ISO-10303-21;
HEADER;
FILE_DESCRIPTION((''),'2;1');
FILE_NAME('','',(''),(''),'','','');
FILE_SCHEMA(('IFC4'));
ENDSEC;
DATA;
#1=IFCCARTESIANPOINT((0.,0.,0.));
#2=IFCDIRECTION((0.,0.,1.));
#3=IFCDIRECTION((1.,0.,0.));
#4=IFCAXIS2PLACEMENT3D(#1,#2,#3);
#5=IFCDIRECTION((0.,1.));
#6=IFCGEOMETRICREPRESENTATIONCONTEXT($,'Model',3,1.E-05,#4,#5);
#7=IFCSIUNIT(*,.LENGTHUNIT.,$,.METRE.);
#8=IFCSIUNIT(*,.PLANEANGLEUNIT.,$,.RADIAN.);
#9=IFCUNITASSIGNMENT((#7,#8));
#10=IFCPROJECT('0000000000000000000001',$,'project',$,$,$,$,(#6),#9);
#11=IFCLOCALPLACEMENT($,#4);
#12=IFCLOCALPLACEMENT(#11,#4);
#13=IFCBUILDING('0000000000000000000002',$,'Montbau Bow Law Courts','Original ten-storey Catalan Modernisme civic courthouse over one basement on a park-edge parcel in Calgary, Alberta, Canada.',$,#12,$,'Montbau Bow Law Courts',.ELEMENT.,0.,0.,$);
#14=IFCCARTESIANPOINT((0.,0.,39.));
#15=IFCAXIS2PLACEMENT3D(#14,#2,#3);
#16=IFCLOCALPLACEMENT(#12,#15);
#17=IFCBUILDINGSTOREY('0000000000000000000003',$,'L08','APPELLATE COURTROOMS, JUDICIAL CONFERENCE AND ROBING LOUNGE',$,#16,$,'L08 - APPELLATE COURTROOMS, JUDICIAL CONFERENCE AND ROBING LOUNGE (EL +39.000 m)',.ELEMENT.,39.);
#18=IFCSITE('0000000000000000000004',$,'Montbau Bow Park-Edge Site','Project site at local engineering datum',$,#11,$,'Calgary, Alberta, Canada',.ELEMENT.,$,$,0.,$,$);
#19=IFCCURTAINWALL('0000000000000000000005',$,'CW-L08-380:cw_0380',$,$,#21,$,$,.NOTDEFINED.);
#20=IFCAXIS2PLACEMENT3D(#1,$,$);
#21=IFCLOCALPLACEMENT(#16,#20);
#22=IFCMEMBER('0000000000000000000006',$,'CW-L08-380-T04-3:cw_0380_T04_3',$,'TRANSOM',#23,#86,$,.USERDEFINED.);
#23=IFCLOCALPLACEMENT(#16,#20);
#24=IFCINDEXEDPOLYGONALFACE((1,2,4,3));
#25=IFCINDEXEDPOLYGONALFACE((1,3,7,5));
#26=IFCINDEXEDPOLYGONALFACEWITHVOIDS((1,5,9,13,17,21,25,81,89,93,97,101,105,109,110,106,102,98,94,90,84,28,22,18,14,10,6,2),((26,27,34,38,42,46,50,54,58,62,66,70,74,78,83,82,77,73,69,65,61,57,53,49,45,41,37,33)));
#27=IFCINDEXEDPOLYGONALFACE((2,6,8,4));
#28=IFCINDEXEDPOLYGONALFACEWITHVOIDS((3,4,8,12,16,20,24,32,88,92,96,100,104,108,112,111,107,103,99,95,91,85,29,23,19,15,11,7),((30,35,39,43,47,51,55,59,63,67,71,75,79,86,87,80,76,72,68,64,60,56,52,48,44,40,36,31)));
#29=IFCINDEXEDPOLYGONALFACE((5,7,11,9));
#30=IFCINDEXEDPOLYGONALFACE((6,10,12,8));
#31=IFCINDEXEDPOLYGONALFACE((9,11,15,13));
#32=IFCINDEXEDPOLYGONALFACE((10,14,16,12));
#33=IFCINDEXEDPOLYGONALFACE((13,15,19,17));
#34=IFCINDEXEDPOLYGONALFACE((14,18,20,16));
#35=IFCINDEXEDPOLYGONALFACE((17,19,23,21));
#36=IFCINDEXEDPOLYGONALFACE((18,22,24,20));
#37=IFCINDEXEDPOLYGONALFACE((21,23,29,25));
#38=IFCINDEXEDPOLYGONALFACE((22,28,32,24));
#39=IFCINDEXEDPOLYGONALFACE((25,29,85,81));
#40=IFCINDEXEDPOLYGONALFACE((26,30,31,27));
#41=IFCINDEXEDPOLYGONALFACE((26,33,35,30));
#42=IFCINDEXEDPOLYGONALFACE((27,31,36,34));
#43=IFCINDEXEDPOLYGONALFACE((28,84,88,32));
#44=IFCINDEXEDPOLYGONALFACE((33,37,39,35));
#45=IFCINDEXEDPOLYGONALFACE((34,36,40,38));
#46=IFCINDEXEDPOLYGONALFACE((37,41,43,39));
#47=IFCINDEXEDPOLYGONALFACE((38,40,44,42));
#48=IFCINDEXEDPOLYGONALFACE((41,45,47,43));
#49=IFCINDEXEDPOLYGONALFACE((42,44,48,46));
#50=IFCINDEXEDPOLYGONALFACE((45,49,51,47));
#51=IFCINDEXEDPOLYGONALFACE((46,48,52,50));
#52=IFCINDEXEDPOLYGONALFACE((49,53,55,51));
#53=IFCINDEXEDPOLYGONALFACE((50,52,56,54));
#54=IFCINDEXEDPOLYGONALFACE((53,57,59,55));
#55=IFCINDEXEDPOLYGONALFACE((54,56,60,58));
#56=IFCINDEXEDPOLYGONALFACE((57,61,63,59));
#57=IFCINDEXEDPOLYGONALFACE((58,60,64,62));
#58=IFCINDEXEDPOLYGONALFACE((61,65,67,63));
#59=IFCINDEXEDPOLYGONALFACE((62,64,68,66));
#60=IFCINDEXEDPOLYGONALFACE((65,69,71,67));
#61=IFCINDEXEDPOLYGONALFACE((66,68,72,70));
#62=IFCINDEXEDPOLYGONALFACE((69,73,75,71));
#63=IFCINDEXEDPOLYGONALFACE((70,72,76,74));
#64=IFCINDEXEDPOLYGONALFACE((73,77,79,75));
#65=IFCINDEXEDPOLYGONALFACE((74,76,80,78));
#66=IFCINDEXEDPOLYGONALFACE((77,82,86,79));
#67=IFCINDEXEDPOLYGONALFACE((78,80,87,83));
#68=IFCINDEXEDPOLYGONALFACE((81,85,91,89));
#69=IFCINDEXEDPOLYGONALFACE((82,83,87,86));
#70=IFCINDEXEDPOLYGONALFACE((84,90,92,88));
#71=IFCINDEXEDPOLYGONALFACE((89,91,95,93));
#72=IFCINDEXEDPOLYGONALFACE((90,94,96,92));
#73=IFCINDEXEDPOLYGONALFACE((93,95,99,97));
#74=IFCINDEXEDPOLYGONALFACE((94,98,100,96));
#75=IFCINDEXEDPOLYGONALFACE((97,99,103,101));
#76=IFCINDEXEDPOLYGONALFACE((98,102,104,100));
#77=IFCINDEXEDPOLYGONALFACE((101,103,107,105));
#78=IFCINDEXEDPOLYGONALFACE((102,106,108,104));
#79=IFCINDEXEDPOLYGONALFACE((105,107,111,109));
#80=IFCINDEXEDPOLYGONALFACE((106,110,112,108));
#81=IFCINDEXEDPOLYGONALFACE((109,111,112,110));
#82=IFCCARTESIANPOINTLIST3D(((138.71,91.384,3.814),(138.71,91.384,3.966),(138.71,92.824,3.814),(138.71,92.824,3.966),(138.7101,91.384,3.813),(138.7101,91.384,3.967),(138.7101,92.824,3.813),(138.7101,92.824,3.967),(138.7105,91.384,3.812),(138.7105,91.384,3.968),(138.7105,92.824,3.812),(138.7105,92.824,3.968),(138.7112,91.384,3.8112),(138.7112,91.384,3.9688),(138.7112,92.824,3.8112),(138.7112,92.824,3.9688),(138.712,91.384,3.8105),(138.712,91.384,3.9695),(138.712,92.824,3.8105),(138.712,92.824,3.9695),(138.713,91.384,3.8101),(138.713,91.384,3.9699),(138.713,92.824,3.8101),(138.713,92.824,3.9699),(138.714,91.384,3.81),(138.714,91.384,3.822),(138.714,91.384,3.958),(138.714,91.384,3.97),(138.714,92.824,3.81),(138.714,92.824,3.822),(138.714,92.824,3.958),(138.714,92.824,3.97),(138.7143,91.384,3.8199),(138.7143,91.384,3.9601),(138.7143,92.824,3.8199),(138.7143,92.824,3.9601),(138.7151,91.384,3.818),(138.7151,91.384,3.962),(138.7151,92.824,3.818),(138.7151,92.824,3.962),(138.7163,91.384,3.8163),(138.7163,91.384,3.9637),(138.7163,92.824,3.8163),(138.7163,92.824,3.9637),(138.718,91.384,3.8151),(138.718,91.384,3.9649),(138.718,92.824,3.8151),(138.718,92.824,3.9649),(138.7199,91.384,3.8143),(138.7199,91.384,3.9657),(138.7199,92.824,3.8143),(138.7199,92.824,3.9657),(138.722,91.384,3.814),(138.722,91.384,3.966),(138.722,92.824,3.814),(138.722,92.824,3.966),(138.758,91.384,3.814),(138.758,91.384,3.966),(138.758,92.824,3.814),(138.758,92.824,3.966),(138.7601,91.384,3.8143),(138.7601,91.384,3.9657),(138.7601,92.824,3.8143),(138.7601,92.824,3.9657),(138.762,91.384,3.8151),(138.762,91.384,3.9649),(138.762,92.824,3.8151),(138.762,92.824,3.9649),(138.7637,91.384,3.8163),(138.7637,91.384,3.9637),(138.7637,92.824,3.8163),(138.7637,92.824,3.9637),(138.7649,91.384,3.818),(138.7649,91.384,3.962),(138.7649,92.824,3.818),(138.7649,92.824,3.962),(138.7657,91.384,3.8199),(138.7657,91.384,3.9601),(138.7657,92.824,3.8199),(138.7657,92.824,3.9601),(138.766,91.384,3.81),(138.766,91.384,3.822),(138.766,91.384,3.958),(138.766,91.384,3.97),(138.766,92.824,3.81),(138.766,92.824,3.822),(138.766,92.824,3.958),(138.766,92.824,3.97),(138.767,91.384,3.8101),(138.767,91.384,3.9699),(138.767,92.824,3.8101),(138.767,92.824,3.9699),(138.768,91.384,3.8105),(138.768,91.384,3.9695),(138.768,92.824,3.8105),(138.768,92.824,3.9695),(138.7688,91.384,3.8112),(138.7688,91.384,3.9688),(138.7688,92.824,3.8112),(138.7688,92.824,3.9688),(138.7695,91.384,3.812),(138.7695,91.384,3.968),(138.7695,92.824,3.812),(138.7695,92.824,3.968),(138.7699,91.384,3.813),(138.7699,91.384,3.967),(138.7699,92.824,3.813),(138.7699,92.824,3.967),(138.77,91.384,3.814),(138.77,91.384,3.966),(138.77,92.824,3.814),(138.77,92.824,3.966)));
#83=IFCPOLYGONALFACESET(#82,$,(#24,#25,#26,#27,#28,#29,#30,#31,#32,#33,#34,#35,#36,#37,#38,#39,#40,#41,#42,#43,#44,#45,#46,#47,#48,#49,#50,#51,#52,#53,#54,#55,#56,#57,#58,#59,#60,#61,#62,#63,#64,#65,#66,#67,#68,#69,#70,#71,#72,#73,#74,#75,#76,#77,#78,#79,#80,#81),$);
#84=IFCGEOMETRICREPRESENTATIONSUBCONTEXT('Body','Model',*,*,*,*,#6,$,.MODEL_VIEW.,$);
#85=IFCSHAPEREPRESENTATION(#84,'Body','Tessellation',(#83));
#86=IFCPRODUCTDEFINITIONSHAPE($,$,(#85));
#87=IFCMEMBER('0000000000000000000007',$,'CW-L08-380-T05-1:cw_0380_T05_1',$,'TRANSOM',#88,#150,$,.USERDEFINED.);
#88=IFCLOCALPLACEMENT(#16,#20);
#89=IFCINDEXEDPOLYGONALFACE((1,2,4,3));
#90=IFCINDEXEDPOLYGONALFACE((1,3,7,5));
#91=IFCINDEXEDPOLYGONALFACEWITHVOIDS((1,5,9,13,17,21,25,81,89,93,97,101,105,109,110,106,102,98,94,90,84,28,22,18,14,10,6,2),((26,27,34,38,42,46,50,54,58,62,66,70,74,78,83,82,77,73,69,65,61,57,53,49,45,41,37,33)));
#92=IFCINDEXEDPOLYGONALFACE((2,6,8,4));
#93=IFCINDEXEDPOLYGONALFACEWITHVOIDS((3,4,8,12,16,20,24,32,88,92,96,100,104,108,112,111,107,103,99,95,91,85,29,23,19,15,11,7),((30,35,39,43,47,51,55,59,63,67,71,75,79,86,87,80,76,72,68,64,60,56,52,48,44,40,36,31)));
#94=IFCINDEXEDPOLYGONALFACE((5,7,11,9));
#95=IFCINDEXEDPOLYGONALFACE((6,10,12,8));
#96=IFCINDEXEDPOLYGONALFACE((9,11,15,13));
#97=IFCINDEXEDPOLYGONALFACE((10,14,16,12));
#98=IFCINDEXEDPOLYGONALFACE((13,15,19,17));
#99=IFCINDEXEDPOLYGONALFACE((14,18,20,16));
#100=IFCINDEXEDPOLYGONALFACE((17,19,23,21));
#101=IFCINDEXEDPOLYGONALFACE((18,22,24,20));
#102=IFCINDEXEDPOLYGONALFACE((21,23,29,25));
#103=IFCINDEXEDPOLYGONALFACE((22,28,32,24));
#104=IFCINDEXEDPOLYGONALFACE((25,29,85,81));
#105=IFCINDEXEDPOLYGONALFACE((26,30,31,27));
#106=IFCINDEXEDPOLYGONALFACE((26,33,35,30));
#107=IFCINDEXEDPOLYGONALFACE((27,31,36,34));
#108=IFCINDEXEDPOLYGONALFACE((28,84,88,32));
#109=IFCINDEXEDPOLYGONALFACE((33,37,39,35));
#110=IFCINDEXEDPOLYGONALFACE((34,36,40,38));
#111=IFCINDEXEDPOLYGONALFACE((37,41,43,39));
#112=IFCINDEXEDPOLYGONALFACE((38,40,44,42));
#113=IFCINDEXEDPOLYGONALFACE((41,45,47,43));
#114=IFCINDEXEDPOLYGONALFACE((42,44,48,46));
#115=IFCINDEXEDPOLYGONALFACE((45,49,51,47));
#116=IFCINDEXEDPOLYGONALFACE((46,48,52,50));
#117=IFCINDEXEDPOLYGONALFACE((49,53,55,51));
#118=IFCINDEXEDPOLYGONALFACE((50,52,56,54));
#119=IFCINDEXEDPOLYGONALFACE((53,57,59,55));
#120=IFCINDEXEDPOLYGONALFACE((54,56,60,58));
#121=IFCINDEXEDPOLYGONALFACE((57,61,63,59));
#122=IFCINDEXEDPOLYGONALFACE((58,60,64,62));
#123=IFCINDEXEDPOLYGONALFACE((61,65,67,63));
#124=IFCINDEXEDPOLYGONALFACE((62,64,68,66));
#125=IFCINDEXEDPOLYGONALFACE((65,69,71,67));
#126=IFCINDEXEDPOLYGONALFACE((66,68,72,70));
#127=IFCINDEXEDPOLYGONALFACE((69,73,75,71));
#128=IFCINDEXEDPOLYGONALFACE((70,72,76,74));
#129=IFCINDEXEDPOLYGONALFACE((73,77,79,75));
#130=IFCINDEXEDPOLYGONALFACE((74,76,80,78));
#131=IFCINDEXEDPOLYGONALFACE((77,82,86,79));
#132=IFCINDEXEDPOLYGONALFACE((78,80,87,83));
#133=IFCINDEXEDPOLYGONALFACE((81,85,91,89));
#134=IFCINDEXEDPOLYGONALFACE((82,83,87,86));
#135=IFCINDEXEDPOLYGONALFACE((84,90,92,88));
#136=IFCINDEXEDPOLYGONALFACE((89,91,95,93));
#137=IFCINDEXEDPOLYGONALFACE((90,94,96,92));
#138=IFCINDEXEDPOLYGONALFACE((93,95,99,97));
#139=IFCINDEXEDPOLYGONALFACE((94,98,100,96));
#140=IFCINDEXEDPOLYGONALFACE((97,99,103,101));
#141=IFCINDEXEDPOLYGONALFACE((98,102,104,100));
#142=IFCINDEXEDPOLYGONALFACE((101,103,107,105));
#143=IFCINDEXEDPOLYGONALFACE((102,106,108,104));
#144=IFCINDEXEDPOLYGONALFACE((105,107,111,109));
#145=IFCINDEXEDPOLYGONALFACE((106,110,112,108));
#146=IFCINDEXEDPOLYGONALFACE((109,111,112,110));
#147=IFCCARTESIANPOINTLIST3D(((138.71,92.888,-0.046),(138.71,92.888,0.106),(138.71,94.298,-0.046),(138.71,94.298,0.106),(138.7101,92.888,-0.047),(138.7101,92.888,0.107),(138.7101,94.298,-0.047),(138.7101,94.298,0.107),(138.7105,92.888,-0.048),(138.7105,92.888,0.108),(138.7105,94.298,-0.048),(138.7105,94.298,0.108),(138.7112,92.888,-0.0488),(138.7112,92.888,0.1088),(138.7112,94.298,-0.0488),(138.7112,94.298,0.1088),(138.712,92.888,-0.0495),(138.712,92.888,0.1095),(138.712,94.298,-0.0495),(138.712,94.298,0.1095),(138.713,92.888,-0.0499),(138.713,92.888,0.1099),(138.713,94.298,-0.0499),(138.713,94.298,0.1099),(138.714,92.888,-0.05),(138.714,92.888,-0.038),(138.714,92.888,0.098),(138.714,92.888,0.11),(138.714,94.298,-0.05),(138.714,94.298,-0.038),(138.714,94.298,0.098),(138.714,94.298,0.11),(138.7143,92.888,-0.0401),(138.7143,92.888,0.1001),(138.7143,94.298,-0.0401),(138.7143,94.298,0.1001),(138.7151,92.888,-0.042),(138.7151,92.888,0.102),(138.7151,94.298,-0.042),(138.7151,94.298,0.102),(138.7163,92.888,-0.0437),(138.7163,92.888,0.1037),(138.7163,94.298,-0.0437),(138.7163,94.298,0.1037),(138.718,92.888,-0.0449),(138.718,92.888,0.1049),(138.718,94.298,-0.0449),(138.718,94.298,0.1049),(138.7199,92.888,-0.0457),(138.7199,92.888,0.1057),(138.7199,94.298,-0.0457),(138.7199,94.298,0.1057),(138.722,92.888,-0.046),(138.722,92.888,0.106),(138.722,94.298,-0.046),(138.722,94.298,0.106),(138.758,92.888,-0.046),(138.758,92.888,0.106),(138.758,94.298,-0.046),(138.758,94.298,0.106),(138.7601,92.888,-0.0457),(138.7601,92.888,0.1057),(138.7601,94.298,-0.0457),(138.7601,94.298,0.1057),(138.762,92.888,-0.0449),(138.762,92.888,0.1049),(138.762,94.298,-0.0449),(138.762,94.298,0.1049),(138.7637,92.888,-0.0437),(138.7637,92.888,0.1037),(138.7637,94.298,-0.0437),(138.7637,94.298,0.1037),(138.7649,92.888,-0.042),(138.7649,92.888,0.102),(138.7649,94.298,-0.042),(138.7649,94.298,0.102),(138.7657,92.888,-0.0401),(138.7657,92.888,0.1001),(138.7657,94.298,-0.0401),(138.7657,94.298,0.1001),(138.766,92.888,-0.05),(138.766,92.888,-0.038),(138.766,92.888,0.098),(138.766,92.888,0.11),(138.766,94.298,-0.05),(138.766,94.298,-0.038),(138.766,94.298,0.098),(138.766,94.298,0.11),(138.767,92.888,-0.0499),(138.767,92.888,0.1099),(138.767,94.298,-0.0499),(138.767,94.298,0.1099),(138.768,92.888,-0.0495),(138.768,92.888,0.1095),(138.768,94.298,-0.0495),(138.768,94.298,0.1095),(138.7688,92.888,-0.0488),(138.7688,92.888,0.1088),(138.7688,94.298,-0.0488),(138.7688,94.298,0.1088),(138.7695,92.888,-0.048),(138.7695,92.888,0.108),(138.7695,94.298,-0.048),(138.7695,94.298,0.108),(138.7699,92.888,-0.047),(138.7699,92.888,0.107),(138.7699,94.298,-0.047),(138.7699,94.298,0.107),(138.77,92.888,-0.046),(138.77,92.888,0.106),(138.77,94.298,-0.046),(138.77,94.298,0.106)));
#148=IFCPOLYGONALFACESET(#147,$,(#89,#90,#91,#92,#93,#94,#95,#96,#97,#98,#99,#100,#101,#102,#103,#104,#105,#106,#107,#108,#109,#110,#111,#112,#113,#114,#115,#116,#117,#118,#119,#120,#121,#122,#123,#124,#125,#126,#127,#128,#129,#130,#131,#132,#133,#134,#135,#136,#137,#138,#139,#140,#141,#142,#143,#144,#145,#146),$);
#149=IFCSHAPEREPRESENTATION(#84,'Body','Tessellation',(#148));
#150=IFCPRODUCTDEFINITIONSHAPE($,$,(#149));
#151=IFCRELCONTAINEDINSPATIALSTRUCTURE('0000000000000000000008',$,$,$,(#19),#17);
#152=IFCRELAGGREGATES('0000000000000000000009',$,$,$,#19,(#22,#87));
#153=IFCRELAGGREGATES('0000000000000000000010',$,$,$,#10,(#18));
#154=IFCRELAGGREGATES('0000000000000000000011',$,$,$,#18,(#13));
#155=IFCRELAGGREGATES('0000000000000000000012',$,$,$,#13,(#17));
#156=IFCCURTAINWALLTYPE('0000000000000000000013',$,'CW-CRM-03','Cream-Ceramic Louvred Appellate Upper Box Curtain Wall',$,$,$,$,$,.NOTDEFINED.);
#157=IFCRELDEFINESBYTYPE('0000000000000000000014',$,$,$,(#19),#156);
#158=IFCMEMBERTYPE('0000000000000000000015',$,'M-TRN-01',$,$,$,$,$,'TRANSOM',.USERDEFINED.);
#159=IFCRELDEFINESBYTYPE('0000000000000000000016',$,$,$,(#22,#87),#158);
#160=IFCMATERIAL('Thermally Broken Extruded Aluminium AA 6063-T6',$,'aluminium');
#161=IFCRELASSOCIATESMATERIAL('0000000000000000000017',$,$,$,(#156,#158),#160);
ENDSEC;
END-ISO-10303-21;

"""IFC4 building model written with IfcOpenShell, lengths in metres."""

from ifc_helpers import new_model, si_unit, direction, frame, origin_with_axes, origin_2d_with_axis, place, context, subcontext, project, spatial, hollow_rectangle, extrude, material, material_profile, profile_set, type_object, element, aggregate, save


model = new_model("IFC4")

# Units and contexts
model_context = context("Model", 3, precision=1e-05, world=origin_with_axes(), true_north=direction((0.0, 1.0)))
body_context = subcontext(model_context, "Body", "Model", "MODEL_VIEW")
ifc_project = project(units=[si_unit("LENGTHUNIT", "METRE"), si_unit("PLANEANGLEUNIT", "RADIAN")], contexts=[model_context])

# Site, building, storey
site_placement = place(None, origin_with_axes())
site = spatial("IfcSite", under=ifc_project, at=site_placement, Name="Montbau Bow Park-Edge Site", Description="Project site at local engineering datum", LongName="Calgary, Alberta, Canada", CompositionType="ELEMENT", RefElevation=0.0)
building_placement = place(site_placement, origin_with_axes())
building = spatial("IfcBuilding", under=site, at=building_placement, Name="Montbau Bow Law Courts", Description="Original ten-storey Catalan Modernisme civic courthouse over one basement on a park-edge parcel in Calgary, Alberta, Canada.", LongName="Montbau Bow Law Courts", CompositionType="ELEMENT", ElevationOfRefHeight=0.0, ElevationOfTerrain=0.0)
storey_placement = place(building_placement, frame((0.0, 0.0, 39.0), z_axis=(0.0, 0.0, 1.0), x_axis=(1.0, 0.0, 0.0)))
storey = spatial("IfcBuildingStorey", under=building, at=storey_placement, Name="L08", Description="APPELLATE COURTROOMS, JUDICIAL CONFERENCE AND ROBING LOUNGE", LongName="L08 - APPELLATE COURTROOMS, JUDICIAL CONFERENCE AND ROBING LOUNGE (EL +39.000 m)", CompositionType="ELEMENT", Elevation=39.0)

# Curtain wall, members
ifc_material_1 = material(Name="Thermally Broken Extruded Aluminium AA 6063-T6", Category="aluminium")
curtain_wall_type = type_object("IfcCurtainWallType", Name="CW-CRM-03", Description="Cream-Ceramic Louvred Appellate Upper Box Curtain Wall", PredefinedType="NOTDEFINED", material=ifc_material_1)
curtain_wall_1_placement = place(None, frame((138.74, 86.84, 39.0), z_axis=(0.0, 0.0, 1.0), x_axis=(1.0, 0.0, 0.0)))
curtain_wall_1 = element("IfcCurtainWall", 1, at=curtain_wall_1_placement, inside=storey, type_object=curtain_wall_type, Name="CW-L08-380:cw_0380", PredefinedType="NOTDEFINED")
ifc_material_profile_1 = material_profile(ifc_material_1, hollow_rectangle(XDim=0.06, YDim=0.16, WallThickness=0.004, InnerFilletRadius=0.008, OuterFilletRadius=0.004, at=origin_2d_with_axis()), Name="CWT-160X60", Category="Main", Priority=0)
ifc_profile_set_1 = profile_set([ifc_material_profile_1], Name="Thermally Broken Extruded Aluminium AA 6063-T6")
member_type_1 = type_object("IfcMemberType", Name="M-TRN-01", ElementType="TRANSOM", PredefinedType="USERDEFINED", material=ifc_profile_set_1)
member_1_placement = place(None, frame((138.74, 91.384, 42.89), z_axis=(0.0, 1.0, 0.0), x_axis=(-1.0, 0.0, 0.0)))
member_1 = element("IfcMember", 2, at=member_1_placement, type_object=member_type_1, Name="CW-L08-380-T04-3:cw_0380_T04_3", ObjectType="TRANSOM", PredefinedType="USERDEFINED", context=body_context, shape_type="SweptSolid", body=[
    extrude(hollow_rectangle(XDim=0.06, YDim=0.16, WallThickness=0.004, InnerFilletRadius=0.008, OuterFilletRadius=0.004, at=origin_2d_with_axis()), origin_with_axes(), (0.0, 0.0, 1.0), 1.44),
])
member_2_placement = place(None, frame((138.74, 92.888, 39.03), z_axis=(0.0, 1.0, 0.0), x_axis=(-1.0, 0.0, 0.0)))
member_2 = element("IfcMember", 3, at=member_2_placement, type_object=member_type_1, Name="CW-L08-380-T05-1:cw_0380_T05_1", ObjectType="TRANSOM", PredefinedType="USERDEFINED", context=body_context, shape_type="SweptSolid", body=[
    extrude(hollow_rectangle(XDim=0.06, YDim=0.16, WallThickness=0.004, InnerFilletRadius=0.008, OuterFilletRadius=0.004, at=origin_2d_with_axis()), origin_with_axes(), (0.0, 0.0, 1.0), 1.41),
])

aggregate(curtain_wall_1, [member_1, member_2])

save(model, "model.ifc")
